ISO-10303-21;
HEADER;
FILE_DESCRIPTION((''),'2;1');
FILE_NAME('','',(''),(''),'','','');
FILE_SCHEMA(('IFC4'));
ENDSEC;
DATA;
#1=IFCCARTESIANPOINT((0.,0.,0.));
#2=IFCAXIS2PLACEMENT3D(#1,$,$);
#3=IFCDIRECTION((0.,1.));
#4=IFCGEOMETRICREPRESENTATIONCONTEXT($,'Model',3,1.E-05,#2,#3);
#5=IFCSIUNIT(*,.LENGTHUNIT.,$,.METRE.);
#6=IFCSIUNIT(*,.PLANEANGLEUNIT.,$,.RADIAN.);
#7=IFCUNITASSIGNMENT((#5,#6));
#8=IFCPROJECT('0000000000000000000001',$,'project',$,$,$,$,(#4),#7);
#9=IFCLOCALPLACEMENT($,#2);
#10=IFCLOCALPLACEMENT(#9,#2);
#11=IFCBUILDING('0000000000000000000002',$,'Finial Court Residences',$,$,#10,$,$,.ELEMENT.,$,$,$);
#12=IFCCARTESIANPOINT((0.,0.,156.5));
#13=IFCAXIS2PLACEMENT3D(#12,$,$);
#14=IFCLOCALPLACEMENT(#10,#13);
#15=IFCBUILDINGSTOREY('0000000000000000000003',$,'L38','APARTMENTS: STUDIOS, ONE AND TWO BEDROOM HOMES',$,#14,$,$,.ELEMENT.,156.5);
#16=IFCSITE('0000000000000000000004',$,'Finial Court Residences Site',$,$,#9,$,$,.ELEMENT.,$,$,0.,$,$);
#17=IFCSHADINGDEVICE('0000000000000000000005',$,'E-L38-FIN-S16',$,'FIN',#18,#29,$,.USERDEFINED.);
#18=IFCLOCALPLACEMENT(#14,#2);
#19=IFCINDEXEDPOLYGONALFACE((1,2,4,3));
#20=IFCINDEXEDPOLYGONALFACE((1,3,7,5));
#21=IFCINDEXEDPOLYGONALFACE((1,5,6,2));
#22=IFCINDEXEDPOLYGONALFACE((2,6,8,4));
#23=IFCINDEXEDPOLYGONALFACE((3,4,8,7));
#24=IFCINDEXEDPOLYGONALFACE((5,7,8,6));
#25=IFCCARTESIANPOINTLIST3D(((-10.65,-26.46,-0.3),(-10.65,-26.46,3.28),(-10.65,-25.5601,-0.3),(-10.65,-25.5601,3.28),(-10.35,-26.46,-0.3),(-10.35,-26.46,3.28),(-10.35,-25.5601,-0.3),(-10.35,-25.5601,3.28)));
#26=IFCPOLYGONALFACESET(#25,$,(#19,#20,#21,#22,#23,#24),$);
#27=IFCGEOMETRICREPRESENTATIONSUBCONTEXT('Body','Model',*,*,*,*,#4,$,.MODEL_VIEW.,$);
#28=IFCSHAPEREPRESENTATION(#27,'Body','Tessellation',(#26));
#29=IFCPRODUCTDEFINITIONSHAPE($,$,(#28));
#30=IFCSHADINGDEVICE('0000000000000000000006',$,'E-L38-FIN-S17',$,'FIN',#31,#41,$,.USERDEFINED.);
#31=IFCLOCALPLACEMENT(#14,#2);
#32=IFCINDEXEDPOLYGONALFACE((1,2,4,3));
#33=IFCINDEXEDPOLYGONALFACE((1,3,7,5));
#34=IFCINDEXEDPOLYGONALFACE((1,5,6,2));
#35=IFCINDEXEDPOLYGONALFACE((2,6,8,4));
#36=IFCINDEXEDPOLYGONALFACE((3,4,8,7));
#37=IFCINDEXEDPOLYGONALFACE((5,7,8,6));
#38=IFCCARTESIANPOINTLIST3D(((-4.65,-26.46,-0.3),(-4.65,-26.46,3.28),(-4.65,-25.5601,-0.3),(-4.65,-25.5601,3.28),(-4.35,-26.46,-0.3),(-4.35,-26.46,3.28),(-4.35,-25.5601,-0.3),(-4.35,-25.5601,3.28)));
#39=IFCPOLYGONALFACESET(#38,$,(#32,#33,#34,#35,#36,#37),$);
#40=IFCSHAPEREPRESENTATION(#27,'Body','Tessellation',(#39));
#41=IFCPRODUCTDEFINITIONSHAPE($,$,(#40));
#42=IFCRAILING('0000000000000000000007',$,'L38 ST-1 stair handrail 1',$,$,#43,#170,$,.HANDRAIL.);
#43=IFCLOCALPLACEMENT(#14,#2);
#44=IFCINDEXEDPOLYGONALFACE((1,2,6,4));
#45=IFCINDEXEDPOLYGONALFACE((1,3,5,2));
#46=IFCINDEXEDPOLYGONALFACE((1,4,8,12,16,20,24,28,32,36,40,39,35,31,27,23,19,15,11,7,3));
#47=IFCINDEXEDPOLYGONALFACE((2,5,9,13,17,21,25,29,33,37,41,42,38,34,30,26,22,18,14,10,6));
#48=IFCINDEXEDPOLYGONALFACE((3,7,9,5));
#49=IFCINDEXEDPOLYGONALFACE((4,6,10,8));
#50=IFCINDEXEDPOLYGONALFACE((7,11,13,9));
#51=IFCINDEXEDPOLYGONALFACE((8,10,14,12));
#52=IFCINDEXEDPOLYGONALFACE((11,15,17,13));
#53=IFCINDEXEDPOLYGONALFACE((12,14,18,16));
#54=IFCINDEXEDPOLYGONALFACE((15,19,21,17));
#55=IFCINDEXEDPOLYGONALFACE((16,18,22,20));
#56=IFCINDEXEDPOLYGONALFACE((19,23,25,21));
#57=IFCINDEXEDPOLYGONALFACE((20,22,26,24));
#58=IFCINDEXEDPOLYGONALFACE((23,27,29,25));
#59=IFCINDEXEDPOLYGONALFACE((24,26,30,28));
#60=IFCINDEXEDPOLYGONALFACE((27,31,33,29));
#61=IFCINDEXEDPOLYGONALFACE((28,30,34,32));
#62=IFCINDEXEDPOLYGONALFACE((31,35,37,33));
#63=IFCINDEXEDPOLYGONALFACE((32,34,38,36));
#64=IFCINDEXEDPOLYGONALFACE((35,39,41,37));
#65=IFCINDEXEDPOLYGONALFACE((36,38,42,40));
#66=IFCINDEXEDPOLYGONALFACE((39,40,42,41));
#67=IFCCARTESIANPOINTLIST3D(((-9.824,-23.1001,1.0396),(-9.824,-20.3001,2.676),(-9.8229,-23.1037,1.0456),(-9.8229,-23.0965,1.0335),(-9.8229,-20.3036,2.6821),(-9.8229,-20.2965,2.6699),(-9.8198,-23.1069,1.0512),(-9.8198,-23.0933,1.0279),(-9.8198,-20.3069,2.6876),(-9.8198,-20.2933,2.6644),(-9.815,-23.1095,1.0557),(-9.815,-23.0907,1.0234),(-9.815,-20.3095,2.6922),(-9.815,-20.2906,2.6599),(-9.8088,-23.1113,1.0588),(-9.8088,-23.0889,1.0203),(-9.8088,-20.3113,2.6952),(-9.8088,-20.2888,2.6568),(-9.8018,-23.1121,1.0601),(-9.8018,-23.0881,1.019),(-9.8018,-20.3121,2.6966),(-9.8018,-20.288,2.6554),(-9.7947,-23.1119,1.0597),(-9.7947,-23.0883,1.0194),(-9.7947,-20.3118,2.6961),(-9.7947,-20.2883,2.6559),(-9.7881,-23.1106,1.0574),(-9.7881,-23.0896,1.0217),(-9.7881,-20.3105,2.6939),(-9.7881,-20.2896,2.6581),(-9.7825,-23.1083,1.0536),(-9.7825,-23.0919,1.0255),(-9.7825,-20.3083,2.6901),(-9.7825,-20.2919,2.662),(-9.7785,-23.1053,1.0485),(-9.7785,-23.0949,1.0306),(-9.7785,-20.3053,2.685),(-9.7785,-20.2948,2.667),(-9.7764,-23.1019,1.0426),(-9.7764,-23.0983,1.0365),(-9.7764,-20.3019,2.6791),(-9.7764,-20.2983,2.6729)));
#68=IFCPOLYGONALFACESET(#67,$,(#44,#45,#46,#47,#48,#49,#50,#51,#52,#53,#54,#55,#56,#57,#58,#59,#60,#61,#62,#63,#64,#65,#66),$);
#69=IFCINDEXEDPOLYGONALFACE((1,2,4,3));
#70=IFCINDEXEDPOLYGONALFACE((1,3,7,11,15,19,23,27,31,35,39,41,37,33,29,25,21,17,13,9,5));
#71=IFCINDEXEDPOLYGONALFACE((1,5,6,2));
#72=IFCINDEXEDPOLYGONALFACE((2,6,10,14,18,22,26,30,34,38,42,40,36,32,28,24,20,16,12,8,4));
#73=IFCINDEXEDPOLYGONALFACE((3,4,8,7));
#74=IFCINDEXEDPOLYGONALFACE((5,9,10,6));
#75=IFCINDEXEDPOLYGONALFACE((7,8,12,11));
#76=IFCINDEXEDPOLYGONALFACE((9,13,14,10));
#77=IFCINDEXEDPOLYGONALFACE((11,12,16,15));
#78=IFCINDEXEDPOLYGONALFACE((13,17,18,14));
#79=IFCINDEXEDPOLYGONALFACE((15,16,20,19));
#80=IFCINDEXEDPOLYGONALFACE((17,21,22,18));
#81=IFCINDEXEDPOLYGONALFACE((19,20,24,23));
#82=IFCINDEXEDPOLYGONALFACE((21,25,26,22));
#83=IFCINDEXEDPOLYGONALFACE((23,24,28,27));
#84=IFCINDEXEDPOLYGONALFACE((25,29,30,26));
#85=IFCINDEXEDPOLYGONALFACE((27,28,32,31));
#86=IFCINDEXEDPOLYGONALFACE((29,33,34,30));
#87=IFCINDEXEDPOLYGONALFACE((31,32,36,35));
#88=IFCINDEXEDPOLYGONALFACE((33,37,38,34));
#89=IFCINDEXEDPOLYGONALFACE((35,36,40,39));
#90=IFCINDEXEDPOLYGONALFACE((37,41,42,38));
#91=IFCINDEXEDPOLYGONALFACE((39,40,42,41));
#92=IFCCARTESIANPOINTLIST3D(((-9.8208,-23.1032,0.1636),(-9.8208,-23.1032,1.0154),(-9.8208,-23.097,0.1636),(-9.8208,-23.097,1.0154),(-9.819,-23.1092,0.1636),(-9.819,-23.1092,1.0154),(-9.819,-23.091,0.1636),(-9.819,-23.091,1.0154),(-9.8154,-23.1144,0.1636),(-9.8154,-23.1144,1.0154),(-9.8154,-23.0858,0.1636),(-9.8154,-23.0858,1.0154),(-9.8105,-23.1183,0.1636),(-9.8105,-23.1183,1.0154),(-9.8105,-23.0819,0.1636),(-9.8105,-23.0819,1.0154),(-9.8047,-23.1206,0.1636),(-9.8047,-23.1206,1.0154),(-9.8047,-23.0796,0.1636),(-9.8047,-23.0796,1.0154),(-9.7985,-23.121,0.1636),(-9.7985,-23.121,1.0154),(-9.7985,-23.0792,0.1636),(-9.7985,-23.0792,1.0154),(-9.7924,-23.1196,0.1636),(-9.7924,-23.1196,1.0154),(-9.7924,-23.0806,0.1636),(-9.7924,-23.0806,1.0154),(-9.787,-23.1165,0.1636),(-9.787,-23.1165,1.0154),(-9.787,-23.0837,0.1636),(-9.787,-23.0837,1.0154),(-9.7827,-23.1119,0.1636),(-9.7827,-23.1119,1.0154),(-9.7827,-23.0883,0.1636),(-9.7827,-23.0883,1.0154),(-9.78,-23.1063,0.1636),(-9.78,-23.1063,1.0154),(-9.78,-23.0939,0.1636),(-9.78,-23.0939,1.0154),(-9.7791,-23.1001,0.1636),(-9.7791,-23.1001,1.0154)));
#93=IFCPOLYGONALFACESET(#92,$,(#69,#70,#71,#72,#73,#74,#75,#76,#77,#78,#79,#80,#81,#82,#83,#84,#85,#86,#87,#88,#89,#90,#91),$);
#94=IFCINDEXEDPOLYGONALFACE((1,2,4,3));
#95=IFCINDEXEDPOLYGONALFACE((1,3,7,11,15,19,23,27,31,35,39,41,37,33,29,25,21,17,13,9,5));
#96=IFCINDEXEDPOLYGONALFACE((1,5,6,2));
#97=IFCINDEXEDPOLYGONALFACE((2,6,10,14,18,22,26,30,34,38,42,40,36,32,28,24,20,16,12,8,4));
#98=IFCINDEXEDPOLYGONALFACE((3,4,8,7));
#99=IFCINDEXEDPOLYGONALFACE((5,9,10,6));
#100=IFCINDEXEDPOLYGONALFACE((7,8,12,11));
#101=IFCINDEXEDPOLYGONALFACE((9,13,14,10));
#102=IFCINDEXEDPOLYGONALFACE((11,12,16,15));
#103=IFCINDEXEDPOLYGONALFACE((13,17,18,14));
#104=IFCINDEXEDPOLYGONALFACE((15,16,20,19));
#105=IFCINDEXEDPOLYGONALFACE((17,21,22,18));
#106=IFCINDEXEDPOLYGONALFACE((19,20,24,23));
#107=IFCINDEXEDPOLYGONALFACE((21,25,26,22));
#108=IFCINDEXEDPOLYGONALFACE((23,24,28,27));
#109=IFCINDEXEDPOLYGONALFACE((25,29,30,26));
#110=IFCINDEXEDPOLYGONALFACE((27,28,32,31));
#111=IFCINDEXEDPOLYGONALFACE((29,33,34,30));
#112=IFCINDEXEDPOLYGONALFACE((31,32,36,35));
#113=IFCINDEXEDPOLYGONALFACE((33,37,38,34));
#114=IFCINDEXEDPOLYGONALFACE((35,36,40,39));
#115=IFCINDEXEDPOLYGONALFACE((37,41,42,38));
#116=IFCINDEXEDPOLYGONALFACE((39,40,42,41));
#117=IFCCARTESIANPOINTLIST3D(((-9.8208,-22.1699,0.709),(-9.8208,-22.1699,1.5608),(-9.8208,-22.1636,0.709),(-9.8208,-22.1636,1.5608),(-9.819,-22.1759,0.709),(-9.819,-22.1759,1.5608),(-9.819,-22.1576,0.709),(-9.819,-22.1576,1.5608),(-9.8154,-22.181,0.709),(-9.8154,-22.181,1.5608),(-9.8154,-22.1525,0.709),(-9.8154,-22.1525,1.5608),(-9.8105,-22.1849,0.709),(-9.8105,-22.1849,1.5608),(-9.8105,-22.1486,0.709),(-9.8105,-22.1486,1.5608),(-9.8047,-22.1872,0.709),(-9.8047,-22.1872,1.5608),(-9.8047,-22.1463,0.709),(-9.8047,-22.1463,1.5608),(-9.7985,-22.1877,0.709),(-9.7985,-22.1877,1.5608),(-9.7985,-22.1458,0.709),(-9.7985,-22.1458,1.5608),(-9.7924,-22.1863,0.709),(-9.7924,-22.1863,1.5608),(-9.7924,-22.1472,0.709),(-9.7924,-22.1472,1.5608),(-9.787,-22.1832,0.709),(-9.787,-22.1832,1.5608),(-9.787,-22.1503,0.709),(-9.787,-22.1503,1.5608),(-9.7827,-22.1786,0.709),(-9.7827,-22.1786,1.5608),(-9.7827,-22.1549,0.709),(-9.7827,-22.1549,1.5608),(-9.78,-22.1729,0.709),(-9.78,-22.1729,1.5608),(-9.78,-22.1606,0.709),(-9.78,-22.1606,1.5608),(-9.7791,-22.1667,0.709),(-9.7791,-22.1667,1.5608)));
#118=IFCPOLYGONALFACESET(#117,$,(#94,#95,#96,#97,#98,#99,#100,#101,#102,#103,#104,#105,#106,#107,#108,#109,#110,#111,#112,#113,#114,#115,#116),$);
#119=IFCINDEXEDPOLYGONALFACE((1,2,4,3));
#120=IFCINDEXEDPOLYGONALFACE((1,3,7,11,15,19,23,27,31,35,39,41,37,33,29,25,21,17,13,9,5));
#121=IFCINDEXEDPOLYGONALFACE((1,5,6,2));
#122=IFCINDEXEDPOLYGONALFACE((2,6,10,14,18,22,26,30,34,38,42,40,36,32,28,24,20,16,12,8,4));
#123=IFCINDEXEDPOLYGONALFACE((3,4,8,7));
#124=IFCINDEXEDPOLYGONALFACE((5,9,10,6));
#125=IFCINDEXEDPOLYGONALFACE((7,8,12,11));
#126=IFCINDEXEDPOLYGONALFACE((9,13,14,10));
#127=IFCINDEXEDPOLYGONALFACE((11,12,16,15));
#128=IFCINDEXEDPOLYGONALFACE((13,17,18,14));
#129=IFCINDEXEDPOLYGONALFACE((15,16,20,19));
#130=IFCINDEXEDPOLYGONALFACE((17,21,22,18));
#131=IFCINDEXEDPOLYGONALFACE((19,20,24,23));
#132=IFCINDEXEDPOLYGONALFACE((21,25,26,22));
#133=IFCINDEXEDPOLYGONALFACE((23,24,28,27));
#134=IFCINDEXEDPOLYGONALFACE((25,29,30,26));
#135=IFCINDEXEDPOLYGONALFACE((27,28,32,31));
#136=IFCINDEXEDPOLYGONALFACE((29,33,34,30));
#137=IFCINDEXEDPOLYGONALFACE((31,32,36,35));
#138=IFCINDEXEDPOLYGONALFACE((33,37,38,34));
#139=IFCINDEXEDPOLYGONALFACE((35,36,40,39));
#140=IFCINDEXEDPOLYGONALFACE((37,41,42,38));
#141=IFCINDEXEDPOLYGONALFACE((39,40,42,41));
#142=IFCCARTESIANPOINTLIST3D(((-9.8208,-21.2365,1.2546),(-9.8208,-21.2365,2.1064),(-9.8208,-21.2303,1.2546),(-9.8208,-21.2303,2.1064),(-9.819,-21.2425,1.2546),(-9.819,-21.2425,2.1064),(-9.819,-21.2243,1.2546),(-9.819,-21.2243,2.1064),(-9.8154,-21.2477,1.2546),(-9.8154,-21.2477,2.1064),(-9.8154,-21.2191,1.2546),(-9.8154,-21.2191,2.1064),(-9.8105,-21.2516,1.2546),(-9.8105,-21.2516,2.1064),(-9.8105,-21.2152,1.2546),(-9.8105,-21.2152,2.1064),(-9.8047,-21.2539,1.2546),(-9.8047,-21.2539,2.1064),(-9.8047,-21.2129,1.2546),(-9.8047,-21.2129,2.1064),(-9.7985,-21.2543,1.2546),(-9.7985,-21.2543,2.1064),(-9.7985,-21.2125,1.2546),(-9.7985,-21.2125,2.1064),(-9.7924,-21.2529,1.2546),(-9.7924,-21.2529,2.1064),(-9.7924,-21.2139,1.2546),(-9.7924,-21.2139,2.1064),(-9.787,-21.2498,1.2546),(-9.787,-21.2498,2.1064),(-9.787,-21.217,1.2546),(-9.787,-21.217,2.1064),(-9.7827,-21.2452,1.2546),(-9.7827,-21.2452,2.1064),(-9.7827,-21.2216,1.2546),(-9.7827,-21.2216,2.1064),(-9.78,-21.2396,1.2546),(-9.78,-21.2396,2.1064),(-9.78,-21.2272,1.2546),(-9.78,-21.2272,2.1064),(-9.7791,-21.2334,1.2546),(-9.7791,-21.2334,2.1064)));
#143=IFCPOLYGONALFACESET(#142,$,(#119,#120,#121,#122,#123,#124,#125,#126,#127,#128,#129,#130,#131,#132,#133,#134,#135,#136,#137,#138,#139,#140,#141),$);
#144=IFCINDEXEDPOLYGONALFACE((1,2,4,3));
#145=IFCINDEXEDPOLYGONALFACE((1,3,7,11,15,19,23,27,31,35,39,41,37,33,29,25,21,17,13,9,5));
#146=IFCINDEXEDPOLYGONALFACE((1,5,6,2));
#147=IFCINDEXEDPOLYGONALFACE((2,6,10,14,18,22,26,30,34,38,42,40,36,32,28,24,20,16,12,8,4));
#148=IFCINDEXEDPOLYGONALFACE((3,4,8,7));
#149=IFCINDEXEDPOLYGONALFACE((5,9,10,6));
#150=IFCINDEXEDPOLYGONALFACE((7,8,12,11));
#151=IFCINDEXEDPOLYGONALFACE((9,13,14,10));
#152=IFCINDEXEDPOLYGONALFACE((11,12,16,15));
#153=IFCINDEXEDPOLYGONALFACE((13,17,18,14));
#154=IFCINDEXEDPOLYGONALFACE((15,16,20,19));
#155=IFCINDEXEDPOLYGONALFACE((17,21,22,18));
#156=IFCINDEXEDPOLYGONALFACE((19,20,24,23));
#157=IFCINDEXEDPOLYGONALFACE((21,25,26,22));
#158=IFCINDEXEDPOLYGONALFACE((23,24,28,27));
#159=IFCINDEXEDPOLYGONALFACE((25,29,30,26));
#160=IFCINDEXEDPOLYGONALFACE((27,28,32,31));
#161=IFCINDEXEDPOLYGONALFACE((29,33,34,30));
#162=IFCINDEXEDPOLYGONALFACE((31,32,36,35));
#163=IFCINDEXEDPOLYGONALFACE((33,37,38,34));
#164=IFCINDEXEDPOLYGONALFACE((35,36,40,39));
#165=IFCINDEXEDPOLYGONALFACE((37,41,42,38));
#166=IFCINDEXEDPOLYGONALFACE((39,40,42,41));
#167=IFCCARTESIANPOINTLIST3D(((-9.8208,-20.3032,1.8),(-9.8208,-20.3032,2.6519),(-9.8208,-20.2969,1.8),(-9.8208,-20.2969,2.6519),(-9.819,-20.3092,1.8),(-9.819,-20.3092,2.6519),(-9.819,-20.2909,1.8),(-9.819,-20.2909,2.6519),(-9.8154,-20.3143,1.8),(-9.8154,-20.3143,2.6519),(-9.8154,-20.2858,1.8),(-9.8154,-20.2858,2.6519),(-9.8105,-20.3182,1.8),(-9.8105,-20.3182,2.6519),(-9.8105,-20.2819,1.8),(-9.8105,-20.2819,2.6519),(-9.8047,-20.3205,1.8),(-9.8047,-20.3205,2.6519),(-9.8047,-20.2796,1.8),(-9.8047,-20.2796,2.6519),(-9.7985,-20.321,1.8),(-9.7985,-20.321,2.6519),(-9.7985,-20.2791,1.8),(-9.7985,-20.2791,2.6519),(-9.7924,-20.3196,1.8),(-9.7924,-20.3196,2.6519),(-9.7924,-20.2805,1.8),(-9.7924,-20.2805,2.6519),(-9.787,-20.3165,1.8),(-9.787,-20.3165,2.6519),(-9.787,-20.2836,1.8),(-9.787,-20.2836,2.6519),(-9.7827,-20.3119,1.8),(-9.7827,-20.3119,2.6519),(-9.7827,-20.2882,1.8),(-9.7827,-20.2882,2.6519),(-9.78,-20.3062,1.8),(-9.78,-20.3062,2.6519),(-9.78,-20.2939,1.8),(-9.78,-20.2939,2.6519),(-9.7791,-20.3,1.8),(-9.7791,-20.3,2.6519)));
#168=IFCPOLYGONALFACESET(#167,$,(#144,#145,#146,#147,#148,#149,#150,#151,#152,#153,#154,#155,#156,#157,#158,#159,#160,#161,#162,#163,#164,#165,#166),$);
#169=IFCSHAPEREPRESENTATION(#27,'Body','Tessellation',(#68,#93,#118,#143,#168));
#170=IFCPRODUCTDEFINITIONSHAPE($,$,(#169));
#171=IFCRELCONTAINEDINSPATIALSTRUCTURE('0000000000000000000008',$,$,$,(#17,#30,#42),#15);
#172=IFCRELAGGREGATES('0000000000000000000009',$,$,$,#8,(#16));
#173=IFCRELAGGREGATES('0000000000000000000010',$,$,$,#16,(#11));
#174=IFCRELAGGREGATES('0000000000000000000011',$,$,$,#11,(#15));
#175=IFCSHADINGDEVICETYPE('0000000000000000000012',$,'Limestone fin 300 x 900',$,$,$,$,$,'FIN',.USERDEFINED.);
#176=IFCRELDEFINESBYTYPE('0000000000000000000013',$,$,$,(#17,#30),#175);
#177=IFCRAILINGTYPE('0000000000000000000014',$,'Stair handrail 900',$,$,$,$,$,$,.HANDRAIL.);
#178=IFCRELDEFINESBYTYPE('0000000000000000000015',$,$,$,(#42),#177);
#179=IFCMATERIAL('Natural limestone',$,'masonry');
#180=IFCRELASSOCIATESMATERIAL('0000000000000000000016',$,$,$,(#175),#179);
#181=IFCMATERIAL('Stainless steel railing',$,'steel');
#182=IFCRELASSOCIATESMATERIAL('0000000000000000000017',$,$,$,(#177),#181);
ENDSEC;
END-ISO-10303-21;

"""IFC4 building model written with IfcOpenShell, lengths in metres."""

from ifc_helpers import new_model, si_unit, direction, frame, origin, origin_2d, place, context, subcontext, project, spatial, rectangle, circle, extrude, material, type_object, element, save


model = new_model("IFC4")

# Units and contexts
model_context = context("Model", 3, precision=1e-05, world=origin(), true_north=direction((0.0, 1.0)))
body_context = subcontext(model_context, "Body", "Model", "MODEL_VIEW")
ifc_project = project(units=[si_unit("LENGTHUNIT", "METRE"), si_unit("PLANEANGLEUNIT", "RADIAN")], contexts=[model_context])

# Site, building, storey
site_placement = place(None, origin())
site = spatial("IfcSite", under=ifc_project, at=site_placement, Name="Finial Court Residences Site", CompositionType="ELEMENT", RefElevation=0.0)
building_placement = place(site_placement, origin())
building = spatial("IfcBuilding", under=site, at=building_placement, Name="Finial Court Residences", CompositionType="ELEMENT")
storey_placement = place(building_placement, frame((0.0, 0.0, 156.5)))
storey = spatial("IfcBuildingStorey", under=building, at=storey_placement, Name="L38", Description="APARTMENTS: STUDIOS, ONE AND TWO BEDROOM HOMES", CompositionType="ELEMENT", Elevation=156.5)

# Shading devices
ifc_material_1 = material(Name="Natural limestone", Category="masonry")
shading_device_type = type_object("IfcShadingDeviceType", Name="Limestone fin 300 x 900", ElementType="FIN", PredefinedType="USERDEFINED", material=ifc_material_1)
for number, where, z_axis, x_axis, name in (
    (1, (-10.5, -26.01, -0.3), (0.0, 0.0, 1.0), (1.0, 0.0, 0.0), "E-L38-FIN-S16"),
    (2, (-4.5, -26.01, -0.3), (0.0, 0.0, 1.0), (1.0, 0.0, 0.0), "E-L38-FIN-S17"),
):
    element("IfcShadingDevice", number, at=place(storey_placement, frame(where, z_axis=z_axis, x_axis=x_axis)), inside=storey, type_object=shading_device_type, Name=name, ObjectType="FIN", PredefinedType="USERDEFINED", context=body_context, shape_type="SweptSolid", body=[
        extrude(rectangle(XDim=0.3, YDim=0.8999, at=origin_2d()), origin(), (0.0, 0.0, 1.0), 3.5801),
    ])

# Railing
ifc_material_2 = material(Name="Stainless steel railing", Category="steel")
railing_type_1 = type_object("IfcRailingType", Name="Stair handrail 900", PredefinedType="HANDRAIL", material=ifc_material_2)
railing_1_placement = place(storey_placement, frame((-9.8, -23.1001, 0.1636)))
element("IfcRailing", 3, at=railing_1_placement, inside=storey, type_object=railing_type_1, Name="L38 ST-1 stair handrail 1", PredefinedType="HANDRAIL", context=body_context, shape_type="SweptSolid", body=[
    extrude(circle(Radius=0.0239, at=origin_2d()), frame((0.0, 0.0, 0.876), z_axis=(0.0, 0.863361, 0.504587), x_axis=(-1.0, 0.0, 0.0)), (0.0, 0.0, 1.0), 3.2432),
    extrude(circle(Radius=0.021, at=origin_2d()), origin(), (0.0, 0.0, 1.0), 0.8518),
    extrude(circle(Radius=0.021, at=origin_2d()), frame((0.0, 0.9333, 0.5454)), (0.0, 0.0, 1.0), 0.8518),
    extrude(circle(Radius=0.021, at=origin_2d()), frame((0.0, 1.8667, 1.0911)), (0.0, 0.0, 1.0), 0.8518),
    extrude(circle(Radius=0.021, at=origin_2d()), frame((0.0, 2.8, 1.6365)), (0.0, 0.0, 1.0), 0.8518),
])

save(model, "model.ifc")
